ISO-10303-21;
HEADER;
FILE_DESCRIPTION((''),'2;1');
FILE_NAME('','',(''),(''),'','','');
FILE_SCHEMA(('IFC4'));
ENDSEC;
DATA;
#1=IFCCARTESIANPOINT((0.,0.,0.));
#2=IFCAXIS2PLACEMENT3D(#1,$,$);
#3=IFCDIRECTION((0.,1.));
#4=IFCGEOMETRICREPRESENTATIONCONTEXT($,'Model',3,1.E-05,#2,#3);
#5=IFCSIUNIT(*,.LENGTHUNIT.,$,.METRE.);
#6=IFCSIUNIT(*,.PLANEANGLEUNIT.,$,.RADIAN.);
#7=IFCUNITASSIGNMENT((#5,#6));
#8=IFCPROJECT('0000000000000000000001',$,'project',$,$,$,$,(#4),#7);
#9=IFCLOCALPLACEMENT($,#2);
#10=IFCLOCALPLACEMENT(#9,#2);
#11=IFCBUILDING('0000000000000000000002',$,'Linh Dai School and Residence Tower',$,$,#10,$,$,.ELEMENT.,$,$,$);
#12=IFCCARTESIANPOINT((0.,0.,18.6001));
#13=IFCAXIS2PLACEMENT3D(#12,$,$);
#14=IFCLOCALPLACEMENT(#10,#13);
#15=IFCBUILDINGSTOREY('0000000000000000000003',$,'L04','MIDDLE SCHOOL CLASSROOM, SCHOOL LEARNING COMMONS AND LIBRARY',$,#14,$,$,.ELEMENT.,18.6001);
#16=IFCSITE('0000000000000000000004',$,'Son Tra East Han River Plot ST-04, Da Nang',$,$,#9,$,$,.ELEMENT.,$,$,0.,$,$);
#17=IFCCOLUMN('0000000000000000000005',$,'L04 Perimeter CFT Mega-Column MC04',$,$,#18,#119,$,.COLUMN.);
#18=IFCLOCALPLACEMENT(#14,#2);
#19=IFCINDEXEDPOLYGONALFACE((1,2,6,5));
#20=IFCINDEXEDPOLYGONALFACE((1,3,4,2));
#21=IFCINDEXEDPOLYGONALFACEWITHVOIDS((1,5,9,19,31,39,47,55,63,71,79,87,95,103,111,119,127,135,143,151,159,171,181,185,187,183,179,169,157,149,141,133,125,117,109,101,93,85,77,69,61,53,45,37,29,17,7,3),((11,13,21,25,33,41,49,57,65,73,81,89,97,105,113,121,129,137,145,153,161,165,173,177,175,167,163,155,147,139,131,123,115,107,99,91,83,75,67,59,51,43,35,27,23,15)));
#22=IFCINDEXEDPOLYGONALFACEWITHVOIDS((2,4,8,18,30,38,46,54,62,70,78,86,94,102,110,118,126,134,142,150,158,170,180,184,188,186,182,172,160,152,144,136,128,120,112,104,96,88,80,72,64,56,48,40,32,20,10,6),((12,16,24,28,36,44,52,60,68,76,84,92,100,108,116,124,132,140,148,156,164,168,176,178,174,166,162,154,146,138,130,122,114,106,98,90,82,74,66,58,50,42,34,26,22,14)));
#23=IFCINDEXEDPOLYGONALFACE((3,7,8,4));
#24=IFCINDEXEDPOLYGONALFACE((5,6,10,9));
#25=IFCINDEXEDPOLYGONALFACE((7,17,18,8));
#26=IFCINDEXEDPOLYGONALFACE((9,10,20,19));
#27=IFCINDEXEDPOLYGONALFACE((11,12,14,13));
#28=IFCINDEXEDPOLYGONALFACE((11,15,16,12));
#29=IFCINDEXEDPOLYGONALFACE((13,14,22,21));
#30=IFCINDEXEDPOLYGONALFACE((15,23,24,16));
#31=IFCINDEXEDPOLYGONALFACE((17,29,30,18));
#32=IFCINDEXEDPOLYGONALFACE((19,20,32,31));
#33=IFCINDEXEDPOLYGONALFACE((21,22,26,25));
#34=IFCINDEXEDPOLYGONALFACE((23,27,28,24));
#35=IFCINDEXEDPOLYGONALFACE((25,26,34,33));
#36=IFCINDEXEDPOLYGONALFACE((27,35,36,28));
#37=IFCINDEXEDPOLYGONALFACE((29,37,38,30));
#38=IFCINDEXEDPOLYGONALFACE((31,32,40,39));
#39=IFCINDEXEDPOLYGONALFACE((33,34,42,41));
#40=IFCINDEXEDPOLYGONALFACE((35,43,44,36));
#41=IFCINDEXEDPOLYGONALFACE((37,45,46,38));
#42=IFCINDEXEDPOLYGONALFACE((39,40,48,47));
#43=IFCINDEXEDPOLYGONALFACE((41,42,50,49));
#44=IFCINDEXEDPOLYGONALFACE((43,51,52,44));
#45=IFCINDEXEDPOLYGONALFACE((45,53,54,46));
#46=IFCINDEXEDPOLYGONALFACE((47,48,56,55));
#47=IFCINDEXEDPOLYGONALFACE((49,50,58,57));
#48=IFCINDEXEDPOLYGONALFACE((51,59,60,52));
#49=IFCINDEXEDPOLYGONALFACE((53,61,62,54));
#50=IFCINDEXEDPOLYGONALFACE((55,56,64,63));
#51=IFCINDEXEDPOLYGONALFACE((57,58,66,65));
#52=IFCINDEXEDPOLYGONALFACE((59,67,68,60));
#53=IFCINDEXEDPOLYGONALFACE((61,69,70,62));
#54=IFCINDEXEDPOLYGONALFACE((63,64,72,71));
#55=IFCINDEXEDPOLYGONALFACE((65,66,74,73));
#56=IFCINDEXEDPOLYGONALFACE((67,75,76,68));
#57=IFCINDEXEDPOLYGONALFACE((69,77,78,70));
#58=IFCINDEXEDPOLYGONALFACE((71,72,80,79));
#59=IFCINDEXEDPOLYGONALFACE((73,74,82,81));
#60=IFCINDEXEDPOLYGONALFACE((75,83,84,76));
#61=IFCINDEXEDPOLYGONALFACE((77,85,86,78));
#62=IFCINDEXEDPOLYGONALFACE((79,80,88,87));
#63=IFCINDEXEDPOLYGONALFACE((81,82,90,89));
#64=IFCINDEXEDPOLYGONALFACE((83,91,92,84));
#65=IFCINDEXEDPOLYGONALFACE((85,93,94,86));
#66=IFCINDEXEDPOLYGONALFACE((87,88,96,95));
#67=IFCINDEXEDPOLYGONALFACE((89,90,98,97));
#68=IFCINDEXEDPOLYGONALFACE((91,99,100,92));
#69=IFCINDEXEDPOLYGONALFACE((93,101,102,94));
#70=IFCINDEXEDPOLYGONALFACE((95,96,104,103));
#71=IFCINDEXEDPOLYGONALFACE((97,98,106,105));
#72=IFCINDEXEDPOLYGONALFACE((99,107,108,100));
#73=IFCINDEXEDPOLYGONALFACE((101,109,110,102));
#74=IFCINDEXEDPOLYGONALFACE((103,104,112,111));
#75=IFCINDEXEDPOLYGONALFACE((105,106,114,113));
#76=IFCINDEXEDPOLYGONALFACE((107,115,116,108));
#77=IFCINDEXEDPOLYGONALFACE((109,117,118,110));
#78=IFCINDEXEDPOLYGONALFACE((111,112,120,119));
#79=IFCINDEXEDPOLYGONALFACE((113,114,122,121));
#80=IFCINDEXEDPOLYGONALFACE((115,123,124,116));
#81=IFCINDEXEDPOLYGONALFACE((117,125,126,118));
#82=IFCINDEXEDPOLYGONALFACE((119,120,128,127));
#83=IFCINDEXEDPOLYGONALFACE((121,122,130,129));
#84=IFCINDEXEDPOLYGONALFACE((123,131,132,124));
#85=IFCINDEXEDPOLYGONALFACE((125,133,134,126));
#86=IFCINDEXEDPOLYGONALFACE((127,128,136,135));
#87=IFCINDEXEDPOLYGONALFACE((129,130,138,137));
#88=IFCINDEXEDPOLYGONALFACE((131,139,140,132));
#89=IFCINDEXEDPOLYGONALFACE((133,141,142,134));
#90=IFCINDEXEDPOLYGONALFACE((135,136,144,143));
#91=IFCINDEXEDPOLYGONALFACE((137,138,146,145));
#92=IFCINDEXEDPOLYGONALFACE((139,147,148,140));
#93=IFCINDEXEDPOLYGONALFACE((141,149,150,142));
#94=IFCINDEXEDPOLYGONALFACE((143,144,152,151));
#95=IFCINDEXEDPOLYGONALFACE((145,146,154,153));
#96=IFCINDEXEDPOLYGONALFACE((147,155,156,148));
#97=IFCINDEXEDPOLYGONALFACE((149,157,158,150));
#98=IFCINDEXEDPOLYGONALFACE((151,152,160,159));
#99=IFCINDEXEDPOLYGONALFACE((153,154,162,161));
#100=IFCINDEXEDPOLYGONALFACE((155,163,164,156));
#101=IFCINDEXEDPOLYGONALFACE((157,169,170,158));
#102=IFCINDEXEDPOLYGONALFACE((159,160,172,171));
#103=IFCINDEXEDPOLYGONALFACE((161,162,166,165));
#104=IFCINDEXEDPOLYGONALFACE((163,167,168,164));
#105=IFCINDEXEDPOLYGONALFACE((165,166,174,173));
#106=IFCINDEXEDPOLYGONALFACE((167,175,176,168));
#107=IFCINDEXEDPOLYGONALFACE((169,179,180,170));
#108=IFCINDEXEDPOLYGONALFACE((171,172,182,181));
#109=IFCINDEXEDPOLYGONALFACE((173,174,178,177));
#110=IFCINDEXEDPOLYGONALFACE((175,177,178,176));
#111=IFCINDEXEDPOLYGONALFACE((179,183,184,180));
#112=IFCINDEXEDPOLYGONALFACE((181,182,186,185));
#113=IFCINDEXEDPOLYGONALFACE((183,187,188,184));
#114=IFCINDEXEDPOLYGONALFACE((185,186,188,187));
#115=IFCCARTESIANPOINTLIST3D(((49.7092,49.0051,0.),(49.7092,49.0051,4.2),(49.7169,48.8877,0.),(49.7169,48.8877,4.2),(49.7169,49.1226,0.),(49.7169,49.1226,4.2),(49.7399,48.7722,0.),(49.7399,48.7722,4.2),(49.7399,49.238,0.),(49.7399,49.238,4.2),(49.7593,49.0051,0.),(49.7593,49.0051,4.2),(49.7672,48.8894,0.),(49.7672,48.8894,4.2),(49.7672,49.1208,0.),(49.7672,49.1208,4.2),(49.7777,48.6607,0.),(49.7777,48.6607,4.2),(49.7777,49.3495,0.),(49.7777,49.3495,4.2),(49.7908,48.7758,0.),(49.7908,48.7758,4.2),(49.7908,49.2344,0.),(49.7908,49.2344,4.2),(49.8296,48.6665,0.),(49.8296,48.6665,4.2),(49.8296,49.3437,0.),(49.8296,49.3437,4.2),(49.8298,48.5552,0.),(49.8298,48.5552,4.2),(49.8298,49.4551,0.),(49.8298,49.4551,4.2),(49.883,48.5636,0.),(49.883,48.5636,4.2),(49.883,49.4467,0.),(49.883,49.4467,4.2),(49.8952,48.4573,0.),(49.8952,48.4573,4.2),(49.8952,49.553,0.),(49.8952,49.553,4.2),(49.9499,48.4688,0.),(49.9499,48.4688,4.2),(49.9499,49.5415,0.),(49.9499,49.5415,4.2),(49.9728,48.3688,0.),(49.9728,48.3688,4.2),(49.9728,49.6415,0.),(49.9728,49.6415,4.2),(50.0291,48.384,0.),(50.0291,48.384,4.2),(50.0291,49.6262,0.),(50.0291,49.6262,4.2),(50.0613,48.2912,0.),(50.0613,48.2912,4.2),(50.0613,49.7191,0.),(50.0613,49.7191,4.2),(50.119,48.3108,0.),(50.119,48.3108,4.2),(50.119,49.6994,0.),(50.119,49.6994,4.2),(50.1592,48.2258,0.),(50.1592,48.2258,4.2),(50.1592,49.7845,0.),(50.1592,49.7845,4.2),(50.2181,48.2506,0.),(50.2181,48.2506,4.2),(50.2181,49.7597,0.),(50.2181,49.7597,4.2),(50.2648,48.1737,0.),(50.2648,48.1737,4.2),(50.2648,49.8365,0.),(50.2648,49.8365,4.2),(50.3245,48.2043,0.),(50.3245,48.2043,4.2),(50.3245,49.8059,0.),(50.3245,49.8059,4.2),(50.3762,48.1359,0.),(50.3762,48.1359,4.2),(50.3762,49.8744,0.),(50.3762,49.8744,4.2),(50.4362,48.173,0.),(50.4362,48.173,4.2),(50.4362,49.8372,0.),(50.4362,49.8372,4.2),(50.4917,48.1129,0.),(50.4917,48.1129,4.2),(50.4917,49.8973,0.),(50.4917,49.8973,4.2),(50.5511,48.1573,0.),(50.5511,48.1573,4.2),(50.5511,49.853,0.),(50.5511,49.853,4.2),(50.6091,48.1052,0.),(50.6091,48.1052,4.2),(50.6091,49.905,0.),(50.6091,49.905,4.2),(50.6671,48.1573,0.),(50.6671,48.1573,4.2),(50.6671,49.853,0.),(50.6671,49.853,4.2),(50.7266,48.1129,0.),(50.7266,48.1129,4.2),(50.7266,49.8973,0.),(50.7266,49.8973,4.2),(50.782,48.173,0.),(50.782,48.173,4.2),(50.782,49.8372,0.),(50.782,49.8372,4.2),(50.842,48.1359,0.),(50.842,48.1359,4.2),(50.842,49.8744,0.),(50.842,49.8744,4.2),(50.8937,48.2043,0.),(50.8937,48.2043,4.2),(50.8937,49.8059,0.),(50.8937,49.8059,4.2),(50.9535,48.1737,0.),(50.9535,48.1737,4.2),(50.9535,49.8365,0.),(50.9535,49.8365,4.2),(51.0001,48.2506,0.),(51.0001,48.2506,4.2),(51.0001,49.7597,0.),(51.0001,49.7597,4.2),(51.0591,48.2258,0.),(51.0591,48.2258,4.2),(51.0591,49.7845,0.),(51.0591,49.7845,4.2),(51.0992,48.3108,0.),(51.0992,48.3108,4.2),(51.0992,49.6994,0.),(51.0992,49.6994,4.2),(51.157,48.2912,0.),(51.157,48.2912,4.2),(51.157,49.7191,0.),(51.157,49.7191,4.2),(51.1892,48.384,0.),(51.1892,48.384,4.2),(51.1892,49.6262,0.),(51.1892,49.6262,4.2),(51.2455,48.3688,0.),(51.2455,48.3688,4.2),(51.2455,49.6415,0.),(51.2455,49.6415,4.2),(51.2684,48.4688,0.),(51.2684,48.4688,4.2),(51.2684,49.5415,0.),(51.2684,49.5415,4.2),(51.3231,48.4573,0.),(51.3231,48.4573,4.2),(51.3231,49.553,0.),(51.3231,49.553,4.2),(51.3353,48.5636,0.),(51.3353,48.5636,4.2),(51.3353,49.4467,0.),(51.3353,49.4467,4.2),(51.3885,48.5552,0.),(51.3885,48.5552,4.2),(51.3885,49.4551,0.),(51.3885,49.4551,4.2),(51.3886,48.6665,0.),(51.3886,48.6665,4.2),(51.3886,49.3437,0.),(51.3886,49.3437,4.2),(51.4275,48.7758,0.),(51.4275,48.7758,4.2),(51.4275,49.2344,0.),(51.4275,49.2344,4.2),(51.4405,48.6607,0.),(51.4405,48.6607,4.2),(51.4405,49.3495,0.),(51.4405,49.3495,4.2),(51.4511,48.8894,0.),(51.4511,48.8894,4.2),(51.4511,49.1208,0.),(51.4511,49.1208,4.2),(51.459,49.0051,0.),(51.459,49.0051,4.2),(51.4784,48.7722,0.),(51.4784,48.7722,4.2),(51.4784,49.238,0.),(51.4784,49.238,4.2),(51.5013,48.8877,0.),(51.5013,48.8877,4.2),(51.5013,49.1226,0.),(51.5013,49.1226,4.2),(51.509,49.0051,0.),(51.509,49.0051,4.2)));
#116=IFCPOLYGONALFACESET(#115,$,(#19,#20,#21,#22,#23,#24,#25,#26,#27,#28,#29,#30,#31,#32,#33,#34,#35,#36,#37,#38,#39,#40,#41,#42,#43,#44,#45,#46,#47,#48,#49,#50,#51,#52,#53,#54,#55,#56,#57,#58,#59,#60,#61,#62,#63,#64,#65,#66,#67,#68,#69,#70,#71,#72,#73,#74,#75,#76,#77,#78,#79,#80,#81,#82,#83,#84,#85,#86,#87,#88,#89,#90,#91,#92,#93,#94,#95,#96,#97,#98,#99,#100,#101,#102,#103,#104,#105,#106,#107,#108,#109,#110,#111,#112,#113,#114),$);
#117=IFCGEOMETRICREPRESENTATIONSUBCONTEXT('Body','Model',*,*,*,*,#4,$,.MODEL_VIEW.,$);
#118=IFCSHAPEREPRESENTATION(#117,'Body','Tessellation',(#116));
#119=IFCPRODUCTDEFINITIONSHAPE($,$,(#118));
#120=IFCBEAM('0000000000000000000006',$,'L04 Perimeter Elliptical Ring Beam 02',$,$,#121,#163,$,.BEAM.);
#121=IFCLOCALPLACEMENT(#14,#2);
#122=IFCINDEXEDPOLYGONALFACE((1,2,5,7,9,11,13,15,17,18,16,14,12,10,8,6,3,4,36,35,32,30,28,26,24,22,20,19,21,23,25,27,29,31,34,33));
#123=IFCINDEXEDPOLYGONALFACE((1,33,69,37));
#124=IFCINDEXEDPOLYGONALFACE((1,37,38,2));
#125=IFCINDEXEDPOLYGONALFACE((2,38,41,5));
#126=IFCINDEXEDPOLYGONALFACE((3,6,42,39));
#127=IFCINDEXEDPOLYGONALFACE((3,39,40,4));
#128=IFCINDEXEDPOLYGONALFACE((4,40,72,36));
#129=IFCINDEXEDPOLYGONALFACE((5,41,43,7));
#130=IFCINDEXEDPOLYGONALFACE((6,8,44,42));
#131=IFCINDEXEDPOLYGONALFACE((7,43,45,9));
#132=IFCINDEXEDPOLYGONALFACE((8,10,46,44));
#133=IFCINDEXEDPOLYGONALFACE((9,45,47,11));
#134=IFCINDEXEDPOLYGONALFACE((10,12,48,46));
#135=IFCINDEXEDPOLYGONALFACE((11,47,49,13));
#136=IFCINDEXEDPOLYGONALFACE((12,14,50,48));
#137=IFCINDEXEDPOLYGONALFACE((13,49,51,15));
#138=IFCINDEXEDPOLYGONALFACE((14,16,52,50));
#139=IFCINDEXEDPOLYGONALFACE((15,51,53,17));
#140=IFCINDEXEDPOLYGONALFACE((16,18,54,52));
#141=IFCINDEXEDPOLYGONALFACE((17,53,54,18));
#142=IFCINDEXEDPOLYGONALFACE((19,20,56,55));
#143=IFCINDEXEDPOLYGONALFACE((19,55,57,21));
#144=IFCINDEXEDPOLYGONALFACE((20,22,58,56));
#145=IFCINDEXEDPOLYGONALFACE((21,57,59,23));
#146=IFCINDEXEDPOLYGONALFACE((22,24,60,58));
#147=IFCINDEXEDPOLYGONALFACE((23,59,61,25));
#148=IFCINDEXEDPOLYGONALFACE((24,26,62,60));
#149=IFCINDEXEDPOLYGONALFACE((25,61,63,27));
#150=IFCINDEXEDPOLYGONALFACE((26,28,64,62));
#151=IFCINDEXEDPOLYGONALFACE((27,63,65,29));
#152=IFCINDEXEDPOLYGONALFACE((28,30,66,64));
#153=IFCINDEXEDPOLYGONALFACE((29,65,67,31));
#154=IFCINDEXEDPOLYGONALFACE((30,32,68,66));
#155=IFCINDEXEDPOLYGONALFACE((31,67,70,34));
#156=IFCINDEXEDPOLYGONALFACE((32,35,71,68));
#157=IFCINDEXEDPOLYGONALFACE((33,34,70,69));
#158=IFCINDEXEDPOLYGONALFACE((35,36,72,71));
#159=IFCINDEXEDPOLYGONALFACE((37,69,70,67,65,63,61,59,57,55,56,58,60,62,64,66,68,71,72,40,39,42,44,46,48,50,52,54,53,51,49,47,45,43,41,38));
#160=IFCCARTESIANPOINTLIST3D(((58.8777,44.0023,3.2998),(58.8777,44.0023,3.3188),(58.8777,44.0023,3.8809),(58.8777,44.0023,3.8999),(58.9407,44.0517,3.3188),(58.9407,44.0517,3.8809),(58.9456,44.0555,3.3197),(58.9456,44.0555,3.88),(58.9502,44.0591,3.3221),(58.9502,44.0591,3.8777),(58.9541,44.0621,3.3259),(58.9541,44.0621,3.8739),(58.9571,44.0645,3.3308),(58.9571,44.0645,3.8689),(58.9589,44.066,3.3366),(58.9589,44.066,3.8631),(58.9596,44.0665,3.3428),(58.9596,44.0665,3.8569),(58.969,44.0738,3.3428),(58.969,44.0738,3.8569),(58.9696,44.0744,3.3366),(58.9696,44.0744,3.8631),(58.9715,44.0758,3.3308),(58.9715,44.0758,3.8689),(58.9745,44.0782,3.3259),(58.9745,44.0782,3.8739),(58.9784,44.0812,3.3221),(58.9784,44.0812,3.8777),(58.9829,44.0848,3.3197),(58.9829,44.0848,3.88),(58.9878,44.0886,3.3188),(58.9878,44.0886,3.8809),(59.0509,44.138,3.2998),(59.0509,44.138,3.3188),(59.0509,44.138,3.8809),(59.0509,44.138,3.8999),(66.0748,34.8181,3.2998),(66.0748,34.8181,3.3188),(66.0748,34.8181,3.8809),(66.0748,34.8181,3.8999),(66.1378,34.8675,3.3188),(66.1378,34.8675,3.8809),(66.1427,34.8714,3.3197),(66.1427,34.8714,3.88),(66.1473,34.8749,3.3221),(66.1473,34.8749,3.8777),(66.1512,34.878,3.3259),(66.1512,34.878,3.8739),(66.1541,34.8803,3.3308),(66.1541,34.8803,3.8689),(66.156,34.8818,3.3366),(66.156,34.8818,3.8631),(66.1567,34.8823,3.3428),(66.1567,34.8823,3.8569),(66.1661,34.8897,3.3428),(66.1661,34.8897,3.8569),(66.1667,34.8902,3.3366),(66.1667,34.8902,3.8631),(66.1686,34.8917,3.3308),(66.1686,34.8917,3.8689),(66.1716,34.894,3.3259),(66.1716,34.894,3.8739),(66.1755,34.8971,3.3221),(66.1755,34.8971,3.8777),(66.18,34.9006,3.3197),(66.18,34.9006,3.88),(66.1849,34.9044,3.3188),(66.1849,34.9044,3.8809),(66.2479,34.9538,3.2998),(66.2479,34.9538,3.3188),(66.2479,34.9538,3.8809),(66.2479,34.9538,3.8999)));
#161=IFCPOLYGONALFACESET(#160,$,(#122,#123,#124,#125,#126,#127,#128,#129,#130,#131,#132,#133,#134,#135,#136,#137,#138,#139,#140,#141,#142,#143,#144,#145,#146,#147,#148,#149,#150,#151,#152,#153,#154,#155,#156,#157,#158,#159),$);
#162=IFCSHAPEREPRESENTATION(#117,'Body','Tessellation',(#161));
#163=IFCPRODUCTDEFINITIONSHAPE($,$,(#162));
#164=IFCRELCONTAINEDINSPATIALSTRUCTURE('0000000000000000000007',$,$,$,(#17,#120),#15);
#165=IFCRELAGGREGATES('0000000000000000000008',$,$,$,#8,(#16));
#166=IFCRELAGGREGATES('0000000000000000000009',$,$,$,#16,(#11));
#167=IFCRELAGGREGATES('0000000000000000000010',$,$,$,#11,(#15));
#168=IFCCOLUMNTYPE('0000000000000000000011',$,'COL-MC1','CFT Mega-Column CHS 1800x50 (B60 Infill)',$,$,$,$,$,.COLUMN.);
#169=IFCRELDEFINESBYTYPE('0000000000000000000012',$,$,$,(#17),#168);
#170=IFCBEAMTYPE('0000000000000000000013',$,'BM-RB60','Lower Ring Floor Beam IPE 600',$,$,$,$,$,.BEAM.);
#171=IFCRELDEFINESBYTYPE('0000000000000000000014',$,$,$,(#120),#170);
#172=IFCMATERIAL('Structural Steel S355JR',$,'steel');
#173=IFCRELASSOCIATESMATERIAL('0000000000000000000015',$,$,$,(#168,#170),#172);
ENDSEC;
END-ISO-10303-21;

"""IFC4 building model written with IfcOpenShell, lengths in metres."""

from ifc_helpers import new_model, si_unit, direction, frame, origin, origin_2d, place, context, subcontext, project, spatial, hollow_circle, i_section, extrude, material, material_profile, profile_set, type_object, element, save


model = new_model("IFC4")

# Units and contexts
model_context = context("Model", 3, precision=1e-05, world=origin(), true_north=direction((0.0, 1.0)))
body_context = subcontext(model_context, "Body", "Model", "MODEL_VIEW")
ifc_project = project(units=[si_unit("LENGTHUNIT", "METRE"), si_unit("PLANEANGLEUNIT", "RADIAN")], contexts=[model_context])

# Site, building, storey
site_placement = place(None, origin())
site = spatial("IfcSite", under=ifc_project, at=site_placement, Name="Son Tra East Han River Plot ST-04, Da Nang", CompositionType="ELEMENT", RefElevation=0.0)
building_placement = place(site_placement, origin())
building = spatial("IfcBuilding", under=site, at=building_placement, Name="Linh Dai School and Residence Tower", CompositionType="ELEMENT")
storey_placement = place(building_placement, frame((0.0, 0.0, 18.6001)))
storey = spatial("IfcBuildingStorey", under=building, at=storey_placement, Name="L04", Description="MIDDLE SCHOOL CLASSROOM, SCHOOL LEARNING COMMONS AND LIBRARY", CompositionType="ELEMENT", Elevation=18.6001)

# Column
ifc_material_1 = material(Name="Structural Steel S355JR", Category="steel")
ifc_material_profile_1 = material_profile(ifc_material_1, hollow_circle(Radius=0.8999, WallThickness=0.05, at=origin_2d()), Name="CHS 1800x50")
ifc_profile_set_1 = profile_set([ifc_material_profile_1], Name="Structural Steel S355JR")
column_type_1 = type_object("IfcColumnType", Name="COL-MC1", Description="CFT Mega-Column CHS 1800x50 (B60 Infill)", PredefinedType="COLUMN", material=ifc_profile_set_1)
for number, where, z_axis, x_axis, name in (
    (1, (50.6091, 49.0051, 0.0), (0.0, 0.0, 1.0), (1.0, 0.0, 0.0), "L04 Perimeter CFT Mega-Column MC04"),
):
    element("IfcColumn", number, at=place(storey_placement, frame(where, z_axis=z_axis, x_axis=x_axis)), inside=storey, type_object=column_type_1, Name=name, PredefinedType="COLUMN", context=body_context, shape_type="SweptSolid", body=[
        extrude(hollow_circle(Radius=0.8999, WallThickness=0.05, at=origin_2d()), origin(), (0.0, 0.0, 1.0), 4.2),
    ])

# Beam
ifc_material_profile_2 = material_profile(ifc_material_1, i_section(OverallWidth=0.22, OverallDepth=0.6001, WebThickness=0.012, FlangeThickness=0.019, FilletRadius=0.0239, at=origin_2d()), Name="IPE 600")
ifc_profile_set_2 = profile_set([ifc_material_profile_2], Name="Structural Steel S355JR")
beam_type_1 = type_object("IfcBeamType", Name="BM-RB60", Description="Lower Ring Floor Beam IPE 600", PredefinedType="BEAM", material=ifc_profile_set_2)
beam_1_placement = place(storey_placement, frame((66.1614, 34.886, 3.5999), z_axis=(-0.616812, 0.787111, 0.0), x_axis=(-0.787111, -0.616812, 0.0)))
element("IfcBeam", 2, at=beam_1_placement, inside=storey, type_object=beam_type_1, Name="L04 Perimeter Elliptical Ring Beam 02", PredefinedType="BEAM", context=body_context, shape_type="SweptSolid", body=[
    extrude(i_section(OverallWidth=0.22, OverallDepth=0.6001, WebThickness=0.012, FlangeThickness=0.019, FilletRadius=0.0239, at=origin_2d()), origin(), (0.0, 0.0, 1.0), 11.6682),
])

save(model, "model.ifc")
